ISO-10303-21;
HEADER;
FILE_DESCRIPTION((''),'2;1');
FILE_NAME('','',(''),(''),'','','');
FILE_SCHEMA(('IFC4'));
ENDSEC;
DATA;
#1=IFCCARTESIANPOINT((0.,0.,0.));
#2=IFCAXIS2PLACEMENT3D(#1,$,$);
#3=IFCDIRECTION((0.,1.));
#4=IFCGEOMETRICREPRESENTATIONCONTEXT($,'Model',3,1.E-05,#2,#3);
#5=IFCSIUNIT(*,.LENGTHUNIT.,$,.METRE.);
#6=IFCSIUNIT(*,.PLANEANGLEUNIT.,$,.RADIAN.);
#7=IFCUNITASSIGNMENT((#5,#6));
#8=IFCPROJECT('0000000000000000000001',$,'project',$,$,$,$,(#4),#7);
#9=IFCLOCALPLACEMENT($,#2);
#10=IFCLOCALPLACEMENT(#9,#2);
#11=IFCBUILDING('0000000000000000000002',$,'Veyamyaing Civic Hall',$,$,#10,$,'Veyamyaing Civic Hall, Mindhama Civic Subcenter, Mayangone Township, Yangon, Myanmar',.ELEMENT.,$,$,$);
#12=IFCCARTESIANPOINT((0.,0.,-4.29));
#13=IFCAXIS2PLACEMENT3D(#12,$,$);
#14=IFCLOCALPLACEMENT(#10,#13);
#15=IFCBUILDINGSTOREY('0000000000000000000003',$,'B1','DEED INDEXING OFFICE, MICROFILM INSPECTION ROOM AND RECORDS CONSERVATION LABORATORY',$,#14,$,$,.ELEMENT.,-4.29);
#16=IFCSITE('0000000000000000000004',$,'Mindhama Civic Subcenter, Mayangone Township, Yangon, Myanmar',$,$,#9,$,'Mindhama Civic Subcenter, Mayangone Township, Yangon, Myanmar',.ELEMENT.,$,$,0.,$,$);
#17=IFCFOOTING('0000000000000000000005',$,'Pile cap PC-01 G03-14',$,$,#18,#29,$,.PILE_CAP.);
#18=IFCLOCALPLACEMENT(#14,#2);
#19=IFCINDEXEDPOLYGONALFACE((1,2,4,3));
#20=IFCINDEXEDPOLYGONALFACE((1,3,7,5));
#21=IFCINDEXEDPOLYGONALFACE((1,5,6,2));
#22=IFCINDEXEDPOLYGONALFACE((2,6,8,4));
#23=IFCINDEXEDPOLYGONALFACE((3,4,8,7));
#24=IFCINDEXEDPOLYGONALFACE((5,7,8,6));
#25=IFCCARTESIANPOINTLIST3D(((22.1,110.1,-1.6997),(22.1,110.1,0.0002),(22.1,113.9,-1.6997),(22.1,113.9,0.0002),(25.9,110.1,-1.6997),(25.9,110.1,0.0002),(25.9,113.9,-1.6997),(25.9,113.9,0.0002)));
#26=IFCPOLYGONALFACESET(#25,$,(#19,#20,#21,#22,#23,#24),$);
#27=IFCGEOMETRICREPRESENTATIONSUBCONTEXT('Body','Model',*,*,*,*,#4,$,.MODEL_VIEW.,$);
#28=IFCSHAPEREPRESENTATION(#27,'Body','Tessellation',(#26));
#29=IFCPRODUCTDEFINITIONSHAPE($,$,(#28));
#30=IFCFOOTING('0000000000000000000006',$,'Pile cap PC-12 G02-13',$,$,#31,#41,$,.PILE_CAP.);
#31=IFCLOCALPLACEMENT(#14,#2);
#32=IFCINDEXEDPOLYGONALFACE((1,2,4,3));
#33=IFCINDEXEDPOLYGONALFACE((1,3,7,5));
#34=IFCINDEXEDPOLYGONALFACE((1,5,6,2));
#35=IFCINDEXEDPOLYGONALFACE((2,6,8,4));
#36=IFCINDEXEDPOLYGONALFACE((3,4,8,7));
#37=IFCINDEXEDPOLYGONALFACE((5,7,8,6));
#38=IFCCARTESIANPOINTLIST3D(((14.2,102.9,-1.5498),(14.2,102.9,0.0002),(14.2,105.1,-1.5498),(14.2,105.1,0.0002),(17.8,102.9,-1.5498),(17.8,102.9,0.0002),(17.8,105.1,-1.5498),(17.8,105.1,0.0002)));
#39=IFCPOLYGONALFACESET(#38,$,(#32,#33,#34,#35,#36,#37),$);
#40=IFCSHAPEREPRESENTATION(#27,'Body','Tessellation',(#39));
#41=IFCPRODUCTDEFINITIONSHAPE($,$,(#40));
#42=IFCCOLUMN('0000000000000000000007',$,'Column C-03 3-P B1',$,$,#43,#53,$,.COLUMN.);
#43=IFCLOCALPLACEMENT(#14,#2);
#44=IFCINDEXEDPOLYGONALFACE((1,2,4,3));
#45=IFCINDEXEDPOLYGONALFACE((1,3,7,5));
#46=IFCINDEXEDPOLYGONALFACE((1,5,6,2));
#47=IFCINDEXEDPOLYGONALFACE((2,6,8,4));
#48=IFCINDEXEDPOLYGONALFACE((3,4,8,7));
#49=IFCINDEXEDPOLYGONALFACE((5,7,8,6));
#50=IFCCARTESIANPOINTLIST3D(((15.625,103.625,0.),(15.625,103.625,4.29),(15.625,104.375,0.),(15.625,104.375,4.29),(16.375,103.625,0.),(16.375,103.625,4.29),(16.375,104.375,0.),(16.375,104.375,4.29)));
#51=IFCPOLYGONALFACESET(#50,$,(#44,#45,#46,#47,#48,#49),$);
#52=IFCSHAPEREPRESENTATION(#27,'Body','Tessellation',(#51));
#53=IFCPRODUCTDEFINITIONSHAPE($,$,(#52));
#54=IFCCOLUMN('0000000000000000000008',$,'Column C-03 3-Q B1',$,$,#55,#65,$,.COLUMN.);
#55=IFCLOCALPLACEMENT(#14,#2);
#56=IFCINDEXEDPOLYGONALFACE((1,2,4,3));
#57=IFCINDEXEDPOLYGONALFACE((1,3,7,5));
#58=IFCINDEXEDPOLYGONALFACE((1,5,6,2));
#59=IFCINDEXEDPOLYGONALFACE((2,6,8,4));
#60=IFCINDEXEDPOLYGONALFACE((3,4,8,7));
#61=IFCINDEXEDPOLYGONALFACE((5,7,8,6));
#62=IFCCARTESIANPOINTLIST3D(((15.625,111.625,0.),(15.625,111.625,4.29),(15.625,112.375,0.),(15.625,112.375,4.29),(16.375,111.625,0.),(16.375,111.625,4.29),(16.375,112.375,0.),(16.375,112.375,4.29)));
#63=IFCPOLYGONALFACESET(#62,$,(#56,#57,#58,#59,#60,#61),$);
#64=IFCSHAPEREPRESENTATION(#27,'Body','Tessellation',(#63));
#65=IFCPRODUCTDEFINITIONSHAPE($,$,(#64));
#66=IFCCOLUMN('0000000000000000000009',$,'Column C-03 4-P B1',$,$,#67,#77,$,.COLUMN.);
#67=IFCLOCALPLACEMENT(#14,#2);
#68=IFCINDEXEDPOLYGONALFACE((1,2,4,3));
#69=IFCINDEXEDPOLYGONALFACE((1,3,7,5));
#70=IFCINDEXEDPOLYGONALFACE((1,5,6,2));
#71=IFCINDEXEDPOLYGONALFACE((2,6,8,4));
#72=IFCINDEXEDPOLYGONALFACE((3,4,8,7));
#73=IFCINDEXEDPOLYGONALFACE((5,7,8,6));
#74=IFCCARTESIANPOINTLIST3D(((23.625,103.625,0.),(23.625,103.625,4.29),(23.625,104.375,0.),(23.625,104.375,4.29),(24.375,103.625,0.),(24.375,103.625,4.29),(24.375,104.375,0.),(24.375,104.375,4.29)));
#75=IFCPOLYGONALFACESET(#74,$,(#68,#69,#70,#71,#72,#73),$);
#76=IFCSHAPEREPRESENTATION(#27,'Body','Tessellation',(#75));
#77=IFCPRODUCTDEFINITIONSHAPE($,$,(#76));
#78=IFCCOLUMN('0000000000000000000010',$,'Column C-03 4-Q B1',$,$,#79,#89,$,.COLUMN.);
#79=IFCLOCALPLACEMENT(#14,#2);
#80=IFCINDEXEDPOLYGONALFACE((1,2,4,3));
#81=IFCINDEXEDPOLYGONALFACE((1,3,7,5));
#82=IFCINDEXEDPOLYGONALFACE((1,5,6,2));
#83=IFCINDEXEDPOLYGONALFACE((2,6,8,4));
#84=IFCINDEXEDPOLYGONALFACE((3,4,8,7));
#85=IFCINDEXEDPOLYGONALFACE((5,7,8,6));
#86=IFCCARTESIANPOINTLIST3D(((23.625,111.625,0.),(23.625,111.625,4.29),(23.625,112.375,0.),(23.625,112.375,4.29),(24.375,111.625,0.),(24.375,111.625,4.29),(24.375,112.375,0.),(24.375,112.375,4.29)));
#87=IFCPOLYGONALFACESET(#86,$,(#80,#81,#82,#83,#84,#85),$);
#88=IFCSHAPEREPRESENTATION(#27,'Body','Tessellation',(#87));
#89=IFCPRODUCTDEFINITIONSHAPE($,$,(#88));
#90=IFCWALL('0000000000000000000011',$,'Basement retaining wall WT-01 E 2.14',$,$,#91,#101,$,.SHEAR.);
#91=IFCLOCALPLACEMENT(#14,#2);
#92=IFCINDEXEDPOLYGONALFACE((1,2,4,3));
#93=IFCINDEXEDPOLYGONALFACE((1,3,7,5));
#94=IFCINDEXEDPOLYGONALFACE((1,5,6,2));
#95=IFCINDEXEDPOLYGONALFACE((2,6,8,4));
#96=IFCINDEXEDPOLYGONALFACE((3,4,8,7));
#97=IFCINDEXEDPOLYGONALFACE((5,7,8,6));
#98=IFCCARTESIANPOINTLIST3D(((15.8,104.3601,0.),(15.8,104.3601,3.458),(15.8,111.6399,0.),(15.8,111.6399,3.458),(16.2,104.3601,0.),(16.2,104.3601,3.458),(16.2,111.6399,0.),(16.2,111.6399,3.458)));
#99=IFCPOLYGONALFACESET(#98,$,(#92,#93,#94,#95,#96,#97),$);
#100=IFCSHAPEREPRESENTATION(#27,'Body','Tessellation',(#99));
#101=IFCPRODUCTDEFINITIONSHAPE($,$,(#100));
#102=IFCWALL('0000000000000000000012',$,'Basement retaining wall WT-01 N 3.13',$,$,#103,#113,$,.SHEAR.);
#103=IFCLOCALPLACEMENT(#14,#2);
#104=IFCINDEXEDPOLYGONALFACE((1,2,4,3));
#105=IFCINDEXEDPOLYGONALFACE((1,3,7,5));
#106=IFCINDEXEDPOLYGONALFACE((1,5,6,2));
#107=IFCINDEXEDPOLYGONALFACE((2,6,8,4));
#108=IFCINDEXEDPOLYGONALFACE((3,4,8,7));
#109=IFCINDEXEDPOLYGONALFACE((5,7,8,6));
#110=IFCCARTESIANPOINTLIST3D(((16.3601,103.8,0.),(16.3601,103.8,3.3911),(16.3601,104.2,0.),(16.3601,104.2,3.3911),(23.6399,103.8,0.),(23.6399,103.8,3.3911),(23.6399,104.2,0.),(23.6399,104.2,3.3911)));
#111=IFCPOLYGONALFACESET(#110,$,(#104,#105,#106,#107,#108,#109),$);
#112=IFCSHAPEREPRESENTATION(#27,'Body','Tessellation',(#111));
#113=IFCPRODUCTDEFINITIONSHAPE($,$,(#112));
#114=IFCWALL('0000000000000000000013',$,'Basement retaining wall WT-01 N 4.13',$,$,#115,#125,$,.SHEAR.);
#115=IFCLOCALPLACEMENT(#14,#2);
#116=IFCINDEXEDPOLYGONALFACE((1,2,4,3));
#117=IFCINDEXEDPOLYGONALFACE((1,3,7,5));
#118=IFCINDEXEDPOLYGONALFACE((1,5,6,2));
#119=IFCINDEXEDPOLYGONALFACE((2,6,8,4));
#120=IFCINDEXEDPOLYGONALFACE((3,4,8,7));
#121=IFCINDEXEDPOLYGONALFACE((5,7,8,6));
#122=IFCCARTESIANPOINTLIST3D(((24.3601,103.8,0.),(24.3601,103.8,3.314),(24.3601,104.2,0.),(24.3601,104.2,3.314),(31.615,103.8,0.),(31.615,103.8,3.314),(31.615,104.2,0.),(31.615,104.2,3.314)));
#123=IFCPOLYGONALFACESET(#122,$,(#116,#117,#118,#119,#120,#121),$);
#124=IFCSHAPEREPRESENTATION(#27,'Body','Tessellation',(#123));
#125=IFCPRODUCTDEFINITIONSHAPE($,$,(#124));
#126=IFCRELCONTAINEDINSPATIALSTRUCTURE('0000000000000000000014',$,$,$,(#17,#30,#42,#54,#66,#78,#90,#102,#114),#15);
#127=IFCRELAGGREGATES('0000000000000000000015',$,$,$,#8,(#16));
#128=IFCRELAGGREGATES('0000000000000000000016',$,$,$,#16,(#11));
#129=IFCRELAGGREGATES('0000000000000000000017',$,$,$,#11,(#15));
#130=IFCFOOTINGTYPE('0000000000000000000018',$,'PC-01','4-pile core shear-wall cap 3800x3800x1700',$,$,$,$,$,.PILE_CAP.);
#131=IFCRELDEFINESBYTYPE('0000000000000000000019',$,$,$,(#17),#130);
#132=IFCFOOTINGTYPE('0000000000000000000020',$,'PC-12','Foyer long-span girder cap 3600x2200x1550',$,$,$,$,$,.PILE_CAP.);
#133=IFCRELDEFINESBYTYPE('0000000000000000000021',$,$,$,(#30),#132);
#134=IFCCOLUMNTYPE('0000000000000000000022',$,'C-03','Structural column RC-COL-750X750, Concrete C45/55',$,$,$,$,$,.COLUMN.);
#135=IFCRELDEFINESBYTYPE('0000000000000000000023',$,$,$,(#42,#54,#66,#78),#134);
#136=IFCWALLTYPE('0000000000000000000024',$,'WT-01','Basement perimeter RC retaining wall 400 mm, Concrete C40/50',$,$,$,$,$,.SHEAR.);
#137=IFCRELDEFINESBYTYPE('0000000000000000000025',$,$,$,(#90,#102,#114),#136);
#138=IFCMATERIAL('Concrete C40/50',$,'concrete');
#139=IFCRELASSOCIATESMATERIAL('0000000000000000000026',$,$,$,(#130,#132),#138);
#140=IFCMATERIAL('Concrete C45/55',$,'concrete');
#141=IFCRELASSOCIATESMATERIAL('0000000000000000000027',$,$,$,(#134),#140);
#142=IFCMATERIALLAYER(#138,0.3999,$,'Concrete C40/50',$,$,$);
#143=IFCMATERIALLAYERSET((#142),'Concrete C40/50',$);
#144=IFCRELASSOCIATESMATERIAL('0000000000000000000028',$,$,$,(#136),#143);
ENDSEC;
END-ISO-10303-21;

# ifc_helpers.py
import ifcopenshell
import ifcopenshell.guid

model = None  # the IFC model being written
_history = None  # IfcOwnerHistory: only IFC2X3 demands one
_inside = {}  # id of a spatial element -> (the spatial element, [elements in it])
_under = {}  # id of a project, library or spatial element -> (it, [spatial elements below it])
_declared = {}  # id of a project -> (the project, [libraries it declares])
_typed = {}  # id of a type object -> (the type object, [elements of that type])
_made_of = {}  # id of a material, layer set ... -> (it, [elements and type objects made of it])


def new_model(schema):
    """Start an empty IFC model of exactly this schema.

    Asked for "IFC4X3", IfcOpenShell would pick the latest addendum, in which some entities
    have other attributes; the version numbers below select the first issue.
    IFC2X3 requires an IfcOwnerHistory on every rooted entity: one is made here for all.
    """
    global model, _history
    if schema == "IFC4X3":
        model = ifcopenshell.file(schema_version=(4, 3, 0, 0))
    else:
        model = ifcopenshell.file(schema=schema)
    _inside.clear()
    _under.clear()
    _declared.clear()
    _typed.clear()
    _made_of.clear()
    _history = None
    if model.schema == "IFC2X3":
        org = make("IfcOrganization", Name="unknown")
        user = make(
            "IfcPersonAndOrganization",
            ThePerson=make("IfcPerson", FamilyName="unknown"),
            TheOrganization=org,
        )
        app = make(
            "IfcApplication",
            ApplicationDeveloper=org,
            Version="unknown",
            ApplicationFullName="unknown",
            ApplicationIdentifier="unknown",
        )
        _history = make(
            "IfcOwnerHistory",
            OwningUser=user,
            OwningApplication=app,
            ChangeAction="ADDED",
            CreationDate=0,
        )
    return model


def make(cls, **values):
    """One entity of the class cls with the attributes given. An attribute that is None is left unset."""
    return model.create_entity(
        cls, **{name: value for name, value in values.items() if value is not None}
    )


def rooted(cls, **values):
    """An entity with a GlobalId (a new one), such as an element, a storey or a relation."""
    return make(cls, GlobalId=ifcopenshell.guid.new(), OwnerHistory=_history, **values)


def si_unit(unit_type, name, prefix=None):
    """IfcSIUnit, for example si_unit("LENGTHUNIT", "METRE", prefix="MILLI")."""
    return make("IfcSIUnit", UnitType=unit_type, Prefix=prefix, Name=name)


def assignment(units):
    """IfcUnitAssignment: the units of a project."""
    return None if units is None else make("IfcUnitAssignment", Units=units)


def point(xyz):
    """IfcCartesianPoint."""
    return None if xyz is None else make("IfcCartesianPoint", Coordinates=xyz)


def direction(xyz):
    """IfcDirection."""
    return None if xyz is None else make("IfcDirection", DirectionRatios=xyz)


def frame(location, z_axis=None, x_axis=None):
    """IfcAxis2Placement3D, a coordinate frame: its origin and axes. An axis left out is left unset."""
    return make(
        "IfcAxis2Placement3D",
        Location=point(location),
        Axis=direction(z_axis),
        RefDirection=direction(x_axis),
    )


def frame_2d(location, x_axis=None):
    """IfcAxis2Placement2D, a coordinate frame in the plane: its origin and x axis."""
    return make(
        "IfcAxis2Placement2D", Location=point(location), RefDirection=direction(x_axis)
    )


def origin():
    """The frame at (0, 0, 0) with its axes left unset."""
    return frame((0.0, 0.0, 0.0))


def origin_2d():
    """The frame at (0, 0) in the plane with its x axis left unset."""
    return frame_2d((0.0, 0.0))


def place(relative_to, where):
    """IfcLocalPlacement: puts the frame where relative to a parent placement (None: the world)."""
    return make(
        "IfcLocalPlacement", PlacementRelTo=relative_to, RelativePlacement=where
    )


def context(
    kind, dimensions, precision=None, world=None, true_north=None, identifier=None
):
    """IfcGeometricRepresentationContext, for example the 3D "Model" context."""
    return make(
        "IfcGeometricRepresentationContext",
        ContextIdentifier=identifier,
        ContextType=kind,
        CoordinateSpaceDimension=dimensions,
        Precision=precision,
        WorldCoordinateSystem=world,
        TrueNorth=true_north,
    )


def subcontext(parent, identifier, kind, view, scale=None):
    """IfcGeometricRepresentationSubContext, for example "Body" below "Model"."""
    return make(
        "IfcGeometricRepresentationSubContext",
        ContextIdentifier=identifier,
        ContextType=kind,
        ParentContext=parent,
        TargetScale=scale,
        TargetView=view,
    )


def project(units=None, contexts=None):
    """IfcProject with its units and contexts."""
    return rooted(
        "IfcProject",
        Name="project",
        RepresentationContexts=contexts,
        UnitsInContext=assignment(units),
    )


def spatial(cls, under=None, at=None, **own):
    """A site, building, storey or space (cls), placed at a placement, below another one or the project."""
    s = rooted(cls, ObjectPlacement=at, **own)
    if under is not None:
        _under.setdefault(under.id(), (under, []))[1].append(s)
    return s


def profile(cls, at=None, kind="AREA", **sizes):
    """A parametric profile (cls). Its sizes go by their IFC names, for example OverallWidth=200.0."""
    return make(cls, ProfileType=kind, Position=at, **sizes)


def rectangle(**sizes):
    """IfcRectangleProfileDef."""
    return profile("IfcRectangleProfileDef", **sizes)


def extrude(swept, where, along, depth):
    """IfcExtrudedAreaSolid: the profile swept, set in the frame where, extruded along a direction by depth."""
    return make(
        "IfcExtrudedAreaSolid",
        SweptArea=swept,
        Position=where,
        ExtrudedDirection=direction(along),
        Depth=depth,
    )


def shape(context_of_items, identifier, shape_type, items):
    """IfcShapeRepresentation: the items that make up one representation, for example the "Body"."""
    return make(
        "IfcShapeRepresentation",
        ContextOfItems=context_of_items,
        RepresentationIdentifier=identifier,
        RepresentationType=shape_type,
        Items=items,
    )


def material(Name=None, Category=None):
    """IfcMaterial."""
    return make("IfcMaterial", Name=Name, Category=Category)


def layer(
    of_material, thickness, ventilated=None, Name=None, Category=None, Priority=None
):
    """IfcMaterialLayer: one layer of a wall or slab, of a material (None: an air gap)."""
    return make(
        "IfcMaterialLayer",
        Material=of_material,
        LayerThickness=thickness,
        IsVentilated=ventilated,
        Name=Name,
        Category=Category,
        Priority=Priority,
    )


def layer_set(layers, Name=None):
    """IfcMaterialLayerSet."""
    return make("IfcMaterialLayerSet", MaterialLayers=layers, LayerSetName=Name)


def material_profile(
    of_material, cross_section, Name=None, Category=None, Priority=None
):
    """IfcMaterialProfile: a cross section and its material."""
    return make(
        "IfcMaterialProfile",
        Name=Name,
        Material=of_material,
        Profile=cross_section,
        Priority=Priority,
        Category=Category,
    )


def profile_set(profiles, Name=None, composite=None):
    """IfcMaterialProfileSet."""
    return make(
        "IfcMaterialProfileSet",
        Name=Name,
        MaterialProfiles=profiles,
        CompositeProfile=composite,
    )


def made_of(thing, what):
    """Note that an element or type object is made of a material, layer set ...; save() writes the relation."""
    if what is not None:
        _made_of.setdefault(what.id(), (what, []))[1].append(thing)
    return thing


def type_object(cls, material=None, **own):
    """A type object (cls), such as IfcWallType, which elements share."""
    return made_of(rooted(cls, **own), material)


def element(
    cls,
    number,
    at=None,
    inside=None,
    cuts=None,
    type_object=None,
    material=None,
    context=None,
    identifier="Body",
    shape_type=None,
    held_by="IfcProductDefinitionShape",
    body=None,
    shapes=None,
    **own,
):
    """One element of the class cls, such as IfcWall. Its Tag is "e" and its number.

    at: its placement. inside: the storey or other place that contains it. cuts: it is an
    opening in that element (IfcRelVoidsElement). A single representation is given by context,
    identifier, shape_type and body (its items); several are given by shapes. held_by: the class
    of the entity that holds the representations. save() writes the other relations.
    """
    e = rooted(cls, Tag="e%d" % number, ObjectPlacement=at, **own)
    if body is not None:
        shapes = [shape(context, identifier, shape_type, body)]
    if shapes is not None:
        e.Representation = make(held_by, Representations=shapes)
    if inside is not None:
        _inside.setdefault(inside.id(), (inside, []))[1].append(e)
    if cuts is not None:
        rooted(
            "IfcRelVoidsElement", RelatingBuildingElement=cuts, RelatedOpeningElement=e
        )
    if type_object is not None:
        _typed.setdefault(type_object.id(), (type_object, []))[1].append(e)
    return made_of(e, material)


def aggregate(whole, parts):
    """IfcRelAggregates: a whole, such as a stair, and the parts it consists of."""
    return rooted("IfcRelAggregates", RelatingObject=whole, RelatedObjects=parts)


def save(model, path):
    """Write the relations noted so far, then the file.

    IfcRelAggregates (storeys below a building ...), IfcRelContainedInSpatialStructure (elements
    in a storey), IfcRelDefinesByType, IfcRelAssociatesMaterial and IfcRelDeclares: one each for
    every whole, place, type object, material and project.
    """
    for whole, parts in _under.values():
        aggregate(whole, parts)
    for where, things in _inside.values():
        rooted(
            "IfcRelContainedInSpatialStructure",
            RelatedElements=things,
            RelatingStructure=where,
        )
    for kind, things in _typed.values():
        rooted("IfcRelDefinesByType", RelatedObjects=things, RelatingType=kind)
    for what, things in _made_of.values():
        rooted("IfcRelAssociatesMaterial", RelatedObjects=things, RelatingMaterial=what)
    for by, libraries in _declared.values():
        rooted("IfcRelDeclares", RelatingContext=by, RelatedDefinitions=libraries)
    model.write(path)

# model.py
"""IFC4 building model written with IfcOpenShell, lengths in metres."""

from ifc_helpers import new_model, si_unit, direction, frame, frame_2d, origin, origin_2d, place, context, subcontext, project, spatial, rectangle, extrude, material, layer, layer_set, material_profile, profile_set, type_object, element, save


model = new_model("IFC4")

# Units and contexts
model_context = context("Model", 3, precision=1e-05, world=origin(), true_north=direction((0.0, 1.0)))
body_context = subcontext(model_context, "Body", "Model", "MODEL_VIEW")
ifc_project = project(units=[si_unit("LENGTHUNIT", "METRE"), si_unit("PLANEANGLEUNIT", "RADIAN")], contexts=[model_context])

# Site, building, storey
site_placement = place(None, origin())
site = spatial("IfcSite", under=ifc_project, at=site_placement, Name="Mindhama Civic Subcenter, Mayangone Township, Yangon, Myanmar", LongName="Mindhama Civic Subcenter, Mayangone Township, Yangon, Myanmar", CompositionType="ELEMENT", RefElevation=0.0)
building_placement = place(site_placement, origin())
building = spatial("IfcBuilding", under=site, at=building_placement, Name="Veyamyaing Civic Hall", LongName="Veyamyaing Civic Hall, Mindhama Civic Subcenter, Mayangone Township, Yangon, Myanmar", CompositionType="ELEMENT")
storey_placement = place(building_placement, frame((0.0, 0.0, -4.29)))
storey = spatial("IfcBuildingStorey", under=building, at=storey_placement, Name="B1", Description="DEED INDEXING OFFICE, MICROFILM INSPECTION ROOM AND RECORDS CONSERVATION LABORATORY", CompositionType="ELEMENT", Elevation=-4.29)

# Shared definitions
ifc_material_1 = material(Name="Concrete C40/50", Category="concrete")

# Footings
footing_type_1 = type_object("IfcFootingType", Name="PC-01", Description="4-pile core shear-wall cap 3800x3800x1700", PredefinedType="PILE_CAP", material=ifc_material_1)
for number, where, z_axis, x_axis, name in (
    (1, (24.0, 112.0, -1.6997), (0.0, 0.0, 1.0), (1.0, 0.0, 0.0), "Pile cap PC-01 G03-14"),
):
    element("IfcFooting", number, at=place(storey_placement, frame(where, z_axis=z_axis, x_axis=x_axis)), inside=storey, type_object=footing_type_1, Name=name, PredefinedType="PILE_CAP", context=body_context, shape_type="SweptSolid", body=[
        extrude(rectangle(XDim=3.8, YDim=3.8, at=origin_2d()), origin(), (0.0, 0.0, 1.0), 1.7),
    ])
footing_type_2 = type_object("IfcFootingType", Name="PC-12", Description="Foyer long-span girder cap 3600x2200x1550", PredefinedType="PILE_CAP", material=ifc_material_1)
footing_1_placement = place(storey_placement, frame((16.0, 104.0, -1.5498), z_axis=(0.0, 0.0, 1.0), x_axis=(1.0, 0.0, 0.0)))
element("IfcFooting", 2, at=footing_1_placement, inside=storey, type_object=footing_type_2, Name="Pile cap PC-12 G02-13", PredefinedType="PILE_CAP", context=body_context, shape_type="SweptSolid", body=[
    extrude(rectangle(XDim=3.6001, YDim=2.2, at=origin_2d()), origin(), (0.0, 0.0, 1.0), 1.55),
])

# Columns
ifc_material_2 = material(Name="Concrete C45/55", Category="concrete")
ifc_material_profile_1 = material_profile(ifc_material_2, rectangle(XDim=0.75, YDim=0.75, at=origin_2d()), Name="RC-COL-750X750")
ifc_profile_set_1 = profile_set([ifc_material_profile_1], Name="Concrete C45/55")
column_type = type_object("IfcColumnType", Name="C-03", Description="Structural column RC-COL-750X750, Concrete C45/55", PredefinedType="COLUMN", material=ifc_profile_set_1)
for number, where, z_axis, x_axis, name in (
    (3, (16.0, 104.0, 0.0), (0.0, 0.0, 1.0), (1.0, 0.0, 0.0), "Column C-03 3-P B1"),
    (4, (16.0, 112.0, 0.0), (0.0, 0.0, 1.0), (1.0, 0.0, 0.0), "Column C-03 3-Q B1"),
    (5, (24.0, 104.0, 0.0), (0.0, 0.0, 1.0), (1.0, 0.0, 0.0), "Column C-03 4-P B1"),
    (6, (24.0, 112.0, 0.0), (0.0, 0.0, 1.0), (1.0, 0.0, 0.0), "Column C-03 4-Q B1"),
):
    element("IfcColumn", number, at=place(storey_placement, frame(where, z_axis=z_axis, x_axis=x_axis)), inside=storey, type_object=column_type, Name=name, PredefinedType="COLUMN", context=body_context, shape_type="SweptSolid", body=[
        extrude(rectangle(XDim=0.75, YDim=0.75, at=origin_2d()), origin(), (0.0, 0.0, 1.0), 4.29),
    ])

# Walls
ifc_layer = layer(ifc_material_1, 0.3999, Name="Concrete C40/50")
ifc_layer_set = layer_set([ifc_layer], Name="Concrete C40/50")
wall_type = type_object("IfcWallType", Name="WT-01", Description="Basement perimeter RC retaining wall 400 mm, Concrete C40/50", PredefinedType="SHEAR", material=ifc_layer_set)
wall_1_placement = place(storey_placement, frame((16.0, 104.3601, 0.0), z_axis=(0.0, 0.0, 1.0), x_axis=(0.0, 1.0, 0.0)))
element("IfcWall", 7, at=wall_1_placement, inside=storey, type_object=wall_type, Name="Basement retaining wall WT-01 E 2.14", PredefinedType="SHEAR", context=body_context, shape_type="SweptSolid", body=[
    extrude(rectangle(XDim=7.2798, YDim=0.3999, at=frame_2d((3.6399, 0.0))), origin(), (0.0, 0.0, 1.0), 3.458),
])
wall_2_placement = place(storey_placement, frame((16.3601, 104.0, 0.0), z_axis=(0.0, 0.0, 1.0), x_axis=(1.0, 0.0, 0.0)))
element("IfcWall", 8, at=wall_2_placement, inside=storey, type_object=wall_type, Name="Basement retaining wall WT-01 N 3.13", PredefinedType="SHEAR", context=body_context, shape_type="SweptSolid", body=[
    extrude(rectangle(XDim=7.2798, YDim=0.3999, at=frame_2d((3.6399, 0.0))), origin(), (0.0, 0.0, 1.0), 3.3911),
])
wall_3_placement = place(storey_placement, frame((24.3601, 104.0, 0.0), z_axis=(0.0, 0.0, 1.0), x_axis=(1.0, 0.0, 0.0)))
element("IfcWall", 9, at=wall_3_placement, inside=storey, type_object=wall_type, Name="Basement retaining wall WT-01 N 4.13", PredefinedType="SHEAR", context=body_context, shape_type="SweptSolid", body=[
    extrude(rectangle(XDim=7.2549, YDim=0.3999, at=frame_2d((3.6274, 0.0))), origin(), (0.0, 0.0, 1.0), 3.314),
])

save(model, "model.ifc")
